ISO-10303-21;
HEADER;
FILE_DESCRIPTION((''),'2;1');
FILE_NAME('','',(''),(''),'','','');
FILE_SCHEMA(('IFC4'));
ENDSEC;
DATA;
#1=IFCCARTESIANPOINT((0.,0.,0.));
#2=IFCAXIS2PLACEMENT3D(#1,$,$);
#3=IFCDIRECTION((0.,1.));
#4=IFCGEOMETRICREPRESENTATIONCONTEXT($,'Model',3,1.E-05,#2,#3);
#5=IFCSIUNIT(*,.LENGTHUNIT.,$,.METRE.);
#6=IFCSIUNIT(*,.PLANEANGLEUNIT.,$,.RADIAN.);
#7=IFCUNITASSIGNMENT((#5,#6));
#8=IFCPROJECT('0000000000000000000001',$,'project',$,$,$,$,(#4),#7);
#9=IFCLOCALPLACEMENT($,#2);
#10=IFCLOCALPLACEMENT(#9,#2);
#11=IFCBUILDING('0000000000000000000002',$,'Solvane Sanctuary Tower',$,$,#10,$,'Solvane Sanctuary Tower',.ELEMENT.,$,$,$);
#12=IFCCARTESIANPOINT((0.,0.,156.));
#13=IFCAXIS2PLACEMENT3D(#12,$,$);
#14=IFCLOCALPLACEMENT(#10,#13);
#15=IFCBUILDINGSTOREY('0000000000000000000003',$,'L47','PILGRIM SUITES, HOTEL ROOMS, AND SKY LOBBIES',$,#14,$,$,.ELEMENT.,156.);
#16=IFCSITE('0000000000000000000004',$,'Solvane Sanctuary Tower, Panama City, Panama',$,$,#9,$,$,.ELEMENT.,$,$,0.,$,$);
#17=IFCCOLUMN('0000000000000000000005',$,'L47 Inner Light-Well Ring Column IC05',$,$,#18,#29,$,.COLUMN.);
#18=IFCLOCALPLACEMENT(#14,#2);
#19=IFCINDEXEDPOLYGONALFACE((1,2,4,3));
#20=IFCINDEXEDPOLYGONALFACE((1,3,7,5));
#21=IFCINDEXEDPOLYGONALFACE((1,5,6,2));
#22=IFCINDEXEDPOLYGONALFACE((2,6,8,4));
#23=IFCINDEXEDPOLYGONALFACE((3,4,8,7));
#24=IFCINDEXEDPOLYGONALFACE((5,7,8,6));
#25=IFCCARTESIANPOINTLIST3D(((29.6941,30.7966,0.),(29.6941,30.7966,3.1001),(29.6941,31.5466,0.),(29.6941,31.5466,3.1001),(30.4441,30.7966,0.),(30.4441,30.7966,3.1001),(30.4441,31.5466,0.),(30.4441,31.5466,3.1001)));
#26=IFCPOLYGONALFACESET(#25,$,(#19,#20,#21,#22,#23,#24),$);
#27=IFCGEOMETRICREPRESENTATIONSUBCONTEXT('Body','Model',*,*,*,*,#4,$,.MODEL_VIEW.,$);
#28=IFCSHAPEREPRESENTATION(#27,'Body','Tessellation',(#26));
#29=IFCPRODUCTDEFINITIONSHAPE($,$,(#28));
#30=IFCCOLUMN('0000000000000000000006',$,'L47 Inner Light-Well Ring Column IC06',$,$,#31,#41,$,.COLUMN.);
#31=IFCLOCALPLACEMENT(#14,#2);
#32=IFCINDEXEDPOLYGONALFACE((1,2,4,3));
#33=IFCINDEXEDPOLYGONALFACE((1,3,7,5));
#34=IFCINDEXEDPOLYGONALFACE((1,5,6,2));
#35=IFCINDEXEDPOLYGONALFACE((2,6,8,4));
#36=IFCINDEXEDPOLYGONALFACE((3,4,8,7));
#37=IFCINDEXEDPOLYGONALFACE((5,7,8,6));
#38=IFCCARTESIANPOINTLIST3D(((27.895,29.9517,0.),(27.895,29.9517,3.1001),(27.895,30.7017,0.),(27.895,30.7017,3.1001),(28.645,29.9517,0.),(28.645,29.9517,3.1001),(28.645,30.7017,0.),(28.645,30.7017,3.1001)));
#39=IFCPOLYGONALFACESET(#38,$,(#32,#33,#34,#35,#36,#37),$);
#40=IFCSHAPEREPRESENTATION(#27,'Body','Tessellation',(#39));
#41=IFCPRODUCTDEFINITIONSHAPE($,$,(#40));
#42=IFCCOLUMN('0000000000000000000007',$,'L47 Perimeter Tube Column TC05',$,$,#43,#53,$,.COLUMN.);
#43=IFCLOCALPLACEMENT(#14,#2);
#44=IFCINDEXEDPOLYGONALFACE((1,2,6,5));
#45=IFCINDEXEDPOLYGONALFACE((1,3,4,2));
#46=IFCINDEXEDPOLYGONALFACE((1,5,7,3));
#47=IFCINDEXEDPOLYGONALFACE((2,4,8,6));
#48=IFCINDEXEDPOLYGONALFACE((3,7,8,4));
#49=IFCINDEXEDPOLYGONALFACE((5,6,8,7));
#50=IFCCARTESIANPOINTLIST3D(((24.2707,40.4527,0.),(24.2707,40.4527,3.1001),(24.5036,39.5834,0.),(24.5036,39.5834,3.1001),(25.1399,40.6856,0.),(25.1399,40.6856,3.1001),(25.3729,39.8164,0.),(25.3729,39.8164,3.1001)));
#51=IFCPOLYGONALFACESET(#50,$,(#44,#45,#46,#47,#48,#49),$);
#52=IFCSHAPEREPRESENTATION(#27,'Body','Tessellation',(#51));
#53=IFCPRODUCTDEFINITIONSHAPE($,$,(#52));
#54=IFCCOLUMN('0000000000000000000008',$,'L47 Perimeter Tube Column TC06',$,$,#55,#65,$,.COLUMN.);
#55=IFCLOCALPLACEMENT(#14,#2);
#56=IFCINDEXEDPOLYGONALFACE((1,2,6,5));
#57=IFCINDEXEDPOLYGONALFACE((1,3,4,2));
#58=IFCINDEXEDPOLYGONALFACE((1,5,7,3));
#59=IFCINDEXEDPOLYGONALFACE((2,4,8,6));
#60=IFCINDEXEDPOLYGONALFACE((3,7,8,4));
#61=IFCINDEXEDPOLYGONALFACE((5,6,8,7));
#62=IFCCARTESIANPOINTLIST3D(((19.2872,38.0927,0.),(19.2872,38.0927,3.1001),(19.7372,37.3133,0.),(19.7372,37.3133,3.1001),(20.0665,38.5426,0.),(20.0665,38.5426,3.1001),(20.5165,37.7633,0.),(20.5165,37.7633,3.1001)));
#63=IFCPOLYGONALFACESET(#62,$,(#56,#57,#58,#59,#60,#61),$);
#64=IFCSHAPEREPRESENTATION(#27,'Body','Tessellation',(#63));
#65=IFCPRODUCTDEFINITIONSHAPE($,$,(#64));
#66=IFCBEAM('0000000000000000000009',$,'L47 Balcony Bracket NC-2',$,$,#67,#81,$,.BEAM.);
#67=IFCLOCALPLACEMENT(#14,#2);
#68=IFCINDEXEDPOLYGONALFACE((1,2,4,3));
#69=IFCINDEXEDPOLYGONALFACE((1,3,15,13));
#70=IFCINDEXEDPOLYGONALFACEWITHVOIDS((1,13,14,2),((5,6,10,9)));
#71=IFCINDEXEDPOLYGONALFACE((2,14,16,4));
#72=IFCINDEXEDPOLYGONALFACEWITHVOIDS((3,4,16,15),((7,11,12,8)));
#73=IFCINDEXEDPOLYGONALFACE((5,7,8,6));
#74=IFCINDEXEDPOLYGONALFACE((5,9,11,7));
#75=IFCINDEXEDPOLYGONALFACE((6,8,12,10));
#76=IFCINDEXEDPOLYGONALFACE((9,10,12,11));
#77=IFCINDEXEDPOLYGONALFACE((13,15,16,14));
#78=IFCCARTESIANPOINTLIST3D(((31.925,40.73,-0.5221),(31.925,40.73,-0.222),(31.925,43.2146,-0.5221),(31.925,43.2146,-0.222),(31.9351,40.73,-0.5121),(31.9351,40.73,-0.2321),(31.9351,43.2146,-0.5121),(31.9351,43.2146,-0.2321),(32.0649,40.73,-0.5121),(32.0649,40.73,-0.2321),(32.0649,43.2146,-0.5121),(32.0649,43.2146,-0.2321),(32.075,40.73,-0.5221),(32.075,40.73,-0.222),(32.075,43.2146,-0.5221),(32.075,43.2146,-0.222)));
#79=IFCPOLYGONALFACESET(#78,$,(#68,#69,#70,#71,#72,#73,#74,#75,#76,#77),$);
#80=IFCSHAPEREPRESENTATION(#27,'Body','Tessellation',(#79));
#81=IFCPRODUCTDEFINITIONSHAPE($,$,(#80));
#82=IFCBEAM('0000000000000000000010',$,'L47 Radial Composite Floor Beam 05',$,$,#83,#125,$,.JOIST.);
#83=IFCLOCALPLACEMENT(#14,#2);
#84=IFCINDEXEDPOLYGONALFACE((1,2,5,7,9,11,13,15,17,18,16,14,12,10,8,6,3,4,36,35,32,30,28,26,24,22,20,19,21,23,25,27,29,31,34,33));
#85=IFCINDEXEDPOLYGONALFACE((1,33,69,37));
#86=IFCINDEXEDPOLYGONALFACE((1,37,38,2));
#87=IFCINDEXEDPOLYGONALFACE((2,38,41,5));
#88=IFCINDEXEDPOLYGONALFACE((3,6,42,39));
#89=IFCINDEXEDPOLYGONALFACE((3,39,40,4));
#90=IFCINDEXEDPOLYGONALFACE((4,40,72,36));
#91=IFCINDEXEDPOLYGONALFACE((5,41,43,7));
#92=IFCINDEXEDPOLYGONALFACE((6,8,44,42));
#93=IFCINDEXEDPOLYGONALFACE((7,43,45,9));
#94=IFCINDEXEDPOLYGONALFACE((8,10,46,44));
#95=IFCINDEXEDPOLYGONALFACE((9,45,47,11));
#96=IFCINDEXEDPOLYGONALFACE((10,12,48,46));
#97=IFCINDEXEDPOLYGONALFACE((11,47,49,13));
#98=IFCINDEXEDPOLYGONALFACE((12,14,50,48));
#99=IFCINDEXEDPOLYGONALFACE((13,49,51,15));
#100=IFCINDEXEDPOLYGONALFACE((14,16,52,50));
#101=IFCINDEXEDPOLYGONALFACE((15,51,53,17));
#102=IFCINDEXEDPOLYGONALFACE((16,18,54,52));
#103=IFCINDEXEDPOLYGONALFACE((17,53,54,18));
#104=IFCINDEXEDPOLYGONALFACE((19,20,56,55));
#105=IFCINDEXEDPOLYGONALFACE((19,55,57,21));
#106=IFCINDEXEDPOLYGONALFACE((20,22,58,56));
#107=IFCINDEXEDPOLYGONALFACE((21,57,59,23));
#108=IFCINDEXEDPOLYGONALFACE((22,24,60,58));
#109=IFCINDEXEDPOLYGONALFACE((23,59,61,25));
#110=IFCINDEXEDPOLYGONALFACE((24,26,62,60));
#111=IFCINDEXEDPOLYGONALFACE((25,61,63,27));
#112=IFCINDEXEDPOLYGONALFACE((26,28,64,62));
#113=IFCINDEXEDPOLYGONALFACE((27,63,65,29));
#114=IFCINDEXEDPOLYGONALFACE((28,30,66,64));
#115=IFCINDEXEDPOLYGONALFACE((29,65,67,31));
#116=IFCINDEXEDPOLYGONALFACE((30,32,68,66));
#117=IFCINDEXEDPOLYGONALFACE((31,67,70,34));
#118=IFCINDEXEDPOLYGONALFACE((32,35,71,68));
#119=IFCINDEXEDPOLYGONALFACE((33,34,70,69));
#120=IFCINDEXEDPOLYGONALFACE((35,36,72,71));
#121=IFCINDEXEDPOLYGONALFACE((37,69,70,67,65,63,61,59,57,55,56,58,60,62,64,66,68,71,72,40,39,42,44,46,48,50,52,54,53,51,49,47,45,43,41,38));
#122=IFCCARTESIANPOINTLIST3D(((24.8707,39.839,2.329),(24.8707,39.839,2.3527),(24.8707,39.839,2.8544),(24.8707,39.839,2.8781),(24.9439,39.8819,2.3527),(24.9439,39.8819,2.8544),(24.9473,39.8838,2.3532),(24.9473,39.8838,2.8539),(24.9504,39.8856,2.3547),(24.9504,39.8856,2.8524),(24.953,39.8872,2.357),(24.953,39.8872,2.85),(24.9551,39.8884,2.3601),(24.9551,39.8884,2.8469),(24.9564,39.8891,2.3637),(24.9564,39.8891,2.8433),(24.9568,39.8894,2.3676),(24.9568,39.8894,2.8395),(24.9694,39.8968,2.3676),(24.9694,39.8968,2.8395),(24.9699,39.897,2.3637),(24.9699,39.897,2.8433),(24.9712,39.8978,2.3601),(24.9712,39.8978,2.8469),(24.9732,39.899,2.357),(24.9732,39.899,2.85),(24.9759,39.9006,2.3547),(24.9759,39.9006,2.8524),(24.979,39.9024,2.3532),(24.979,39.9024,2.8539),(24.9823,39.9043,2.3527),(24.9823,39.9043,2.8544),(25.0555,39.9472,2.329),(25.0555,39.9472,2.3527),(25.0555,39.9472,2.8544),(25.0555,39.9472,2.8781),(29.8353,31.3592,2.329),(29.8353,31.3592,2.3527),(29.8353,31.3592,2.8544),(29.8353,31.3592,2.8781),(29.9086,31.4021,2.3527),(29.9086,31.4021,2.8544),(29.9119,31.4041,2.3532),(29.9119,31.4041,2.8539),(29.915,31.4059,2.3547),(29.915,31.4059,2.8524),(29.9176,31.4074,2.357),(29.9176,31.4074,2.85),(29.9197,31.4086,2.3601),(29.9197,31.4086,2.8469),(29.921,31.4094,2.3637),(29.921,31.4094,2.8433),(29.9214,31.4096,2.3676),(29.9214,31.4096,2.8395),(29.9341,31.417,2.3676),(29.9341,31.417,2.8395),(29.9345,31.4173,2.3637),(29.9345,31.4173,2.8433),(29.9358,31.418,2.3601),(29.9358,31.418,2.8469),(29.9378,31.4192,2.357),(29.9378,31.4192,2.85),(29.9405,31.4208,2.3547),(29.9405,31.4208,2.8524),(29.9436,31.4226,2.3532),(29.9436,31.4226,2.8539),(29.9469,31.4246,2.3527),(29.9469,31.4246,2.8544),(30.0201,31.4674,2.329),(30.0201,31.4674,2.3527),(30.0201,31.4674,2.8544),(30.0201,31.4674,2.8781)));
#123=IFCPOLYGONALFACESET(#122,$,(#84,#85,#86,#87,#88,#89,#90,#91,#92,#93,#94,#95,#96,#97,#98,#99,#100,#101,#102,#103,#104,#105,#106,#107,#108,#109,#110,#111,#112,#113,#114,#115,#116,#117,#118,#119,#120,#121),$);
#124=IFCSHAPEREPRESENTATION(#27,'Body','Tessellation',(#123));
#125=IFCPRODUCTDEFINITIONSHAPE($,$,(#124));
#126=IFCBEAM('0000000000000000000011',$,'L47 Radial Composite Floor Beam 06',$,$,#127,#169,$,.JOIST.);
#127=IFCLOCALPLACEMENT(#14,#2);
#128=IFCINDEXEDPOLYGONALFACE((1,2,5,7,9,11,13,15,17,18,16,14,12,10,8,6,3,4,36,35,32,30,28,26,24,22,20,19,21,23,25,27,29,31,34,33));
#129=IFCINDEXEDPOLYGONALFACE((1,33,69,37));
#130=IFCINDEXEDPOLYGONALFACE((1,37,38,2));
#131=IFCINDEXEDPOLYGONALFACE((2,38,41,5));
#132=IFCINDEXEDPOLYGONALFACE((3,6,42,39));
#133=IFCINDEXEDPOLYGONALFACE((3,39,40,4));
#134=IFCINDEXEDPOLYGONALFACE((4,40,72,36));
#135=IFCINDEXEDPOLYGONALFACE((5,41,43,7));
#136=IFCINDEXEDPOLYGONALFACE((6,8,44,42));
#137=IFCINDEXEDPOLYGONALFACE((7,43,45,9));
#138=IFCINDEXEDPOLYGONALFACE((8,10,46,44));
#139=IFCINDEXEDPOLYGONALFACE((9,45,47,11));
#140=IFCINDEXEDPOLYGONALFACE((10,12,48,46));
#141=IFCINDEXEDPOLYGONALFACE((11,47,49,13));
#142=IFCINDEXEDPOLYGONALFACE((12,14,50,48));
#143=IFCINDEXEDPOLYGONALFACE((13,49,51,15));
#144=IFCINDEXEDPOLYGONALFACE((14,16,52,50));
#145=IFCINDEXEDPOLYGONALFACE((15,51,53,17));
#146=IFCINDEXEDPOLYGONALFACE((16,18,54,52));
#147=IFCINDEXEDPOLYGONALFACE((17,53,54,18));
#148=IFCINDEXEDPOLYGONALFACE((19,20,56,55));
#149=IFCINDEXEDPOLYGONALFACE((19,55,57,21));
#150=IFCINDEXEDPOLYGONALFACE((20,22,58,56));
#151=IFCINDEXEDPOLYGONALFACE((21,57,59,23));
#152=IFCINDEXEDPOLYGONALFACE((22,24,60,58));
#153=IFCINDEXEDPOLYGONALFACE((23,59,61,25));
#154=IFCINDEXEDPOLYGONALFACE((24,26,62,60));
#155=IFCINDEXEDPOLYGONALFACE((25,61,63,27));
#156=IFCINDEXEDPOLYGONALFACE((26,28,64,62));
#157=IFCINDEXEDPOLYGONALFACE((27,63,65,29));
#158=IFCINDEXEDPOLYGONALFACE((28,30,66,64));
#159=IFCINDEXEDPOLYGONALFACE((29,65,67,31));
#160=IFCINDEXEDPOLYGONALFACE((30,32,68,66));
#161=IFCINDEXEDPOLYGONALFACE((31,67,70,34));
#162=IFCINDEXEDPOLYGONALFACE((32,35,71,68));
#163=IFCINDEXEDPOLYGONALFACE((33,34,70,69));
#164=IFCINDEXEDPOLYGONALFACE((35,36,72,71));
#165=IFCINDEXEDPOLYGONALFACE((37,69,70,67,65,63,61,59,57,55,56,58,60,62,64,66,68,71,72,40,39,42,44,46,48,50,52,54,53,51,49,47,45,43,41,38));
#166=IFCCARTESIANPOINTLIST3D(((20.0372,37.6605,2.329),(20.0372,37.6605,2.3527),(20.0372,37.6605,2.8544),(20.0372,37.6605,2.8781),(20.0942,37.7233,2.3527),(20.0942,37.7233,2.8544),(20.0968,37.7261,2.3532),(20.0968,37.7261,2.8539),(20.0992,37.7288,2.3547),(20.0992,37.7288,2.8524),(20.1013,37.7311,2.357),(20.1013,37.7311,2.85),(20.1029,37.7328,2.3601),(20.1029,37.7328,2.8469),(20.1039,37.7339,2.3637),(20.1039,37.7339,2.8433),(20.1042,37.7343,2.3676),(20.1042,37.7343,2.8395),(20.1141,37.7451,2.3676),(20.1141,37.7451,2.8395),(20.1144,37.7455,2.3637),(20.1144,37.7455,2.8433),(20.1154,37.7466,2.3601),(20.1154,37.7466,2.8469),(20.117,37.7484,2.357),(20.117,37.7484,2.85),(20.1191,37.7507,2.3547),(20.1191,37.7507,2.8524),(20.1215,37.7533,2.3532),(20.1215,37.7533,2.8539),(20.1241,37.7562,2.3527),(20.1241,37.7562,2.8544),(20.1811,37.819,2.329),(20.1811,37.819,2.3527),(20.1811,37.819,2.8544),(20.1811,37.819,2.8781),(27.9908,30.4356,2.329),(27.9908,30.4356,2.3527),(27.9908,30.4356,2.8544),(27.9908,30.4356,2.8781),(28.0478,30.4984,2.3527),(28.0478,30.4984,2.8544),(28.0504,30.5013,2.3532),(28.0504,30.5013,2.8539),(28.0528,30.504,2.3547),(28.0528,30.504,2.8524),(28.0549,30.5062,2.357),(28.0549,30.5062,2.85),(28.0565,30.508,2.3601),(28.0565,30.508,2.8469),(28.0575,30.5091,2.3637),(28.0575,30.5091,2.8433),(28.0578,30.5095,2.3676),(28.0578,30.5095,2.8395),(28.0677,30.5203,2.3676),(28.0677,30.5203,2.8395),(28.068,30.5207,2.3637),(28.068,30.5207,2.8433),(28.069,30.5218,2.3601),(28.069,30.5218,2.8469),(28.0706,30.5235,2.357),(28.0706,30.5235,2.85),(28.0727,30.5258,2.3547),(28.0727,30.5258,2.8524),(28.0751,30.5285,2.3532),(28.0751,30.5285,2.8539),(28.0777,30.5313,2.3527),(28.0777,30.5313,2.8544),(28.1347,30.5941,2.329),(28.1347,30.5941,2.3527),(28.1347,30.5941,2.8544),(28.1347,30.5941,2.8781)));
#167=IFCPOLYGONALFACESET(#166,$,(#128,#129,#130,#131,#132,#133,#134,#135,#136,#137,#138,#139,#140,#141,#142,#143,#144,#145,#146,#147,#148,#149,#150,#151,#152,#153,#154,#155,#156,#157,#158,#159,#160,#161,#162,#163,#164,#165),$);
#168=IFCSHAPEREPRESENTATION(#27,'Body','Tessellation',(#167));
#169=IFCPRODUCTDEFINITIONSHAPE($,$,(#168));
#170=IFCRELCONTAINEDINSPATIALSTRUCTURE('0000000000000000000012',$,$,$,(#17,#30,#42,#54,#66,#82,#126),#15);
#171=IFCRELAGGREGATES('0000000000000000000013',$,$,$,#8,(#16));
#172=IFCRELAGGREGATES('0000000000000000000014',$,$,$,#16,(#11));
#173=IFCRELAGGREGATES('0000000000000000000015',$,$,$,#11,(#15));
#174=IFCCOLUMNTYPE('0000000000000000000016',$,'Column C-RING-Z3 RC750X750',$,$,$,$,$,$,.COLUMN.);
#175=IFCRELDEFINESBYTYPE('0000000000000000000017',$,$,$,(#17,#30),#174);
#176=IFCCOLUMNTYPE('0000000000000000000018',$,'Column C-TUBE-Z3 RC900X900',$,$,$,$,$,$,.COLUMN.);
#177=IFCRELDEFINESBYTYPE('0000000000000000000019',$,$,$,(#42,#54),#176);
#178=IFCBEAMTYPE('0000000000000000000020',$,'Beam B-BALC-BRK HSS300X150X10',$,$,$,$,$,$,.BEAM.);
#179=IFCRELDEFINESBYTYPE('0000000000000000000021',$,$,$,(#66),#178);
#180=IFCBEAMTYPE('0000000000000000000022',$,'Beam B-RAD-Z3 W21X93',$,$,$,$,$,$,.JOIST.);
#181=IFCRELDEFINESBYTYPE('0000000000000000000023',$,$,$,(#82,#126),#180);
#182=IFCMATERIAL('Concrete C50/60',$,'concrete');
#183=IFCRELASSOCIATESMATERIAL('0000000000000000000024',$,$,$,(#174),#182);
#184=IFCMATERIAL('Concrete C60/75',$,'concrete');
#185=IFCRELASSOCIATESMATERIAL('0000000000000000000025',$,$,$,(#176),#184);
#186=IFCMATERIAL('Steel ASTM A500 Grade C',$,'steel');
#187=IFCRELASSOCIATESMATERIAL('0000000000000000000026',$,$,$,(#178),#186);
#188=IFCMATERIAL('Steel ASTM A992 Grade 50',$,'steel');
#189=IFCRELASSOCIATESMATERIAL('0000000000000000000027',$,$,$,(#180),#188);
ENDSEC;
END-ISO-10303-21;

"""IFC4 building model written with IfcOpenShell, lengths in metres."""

from ifc_helpers import new_model, si_unit, direction, frame, origin, origin_2d, place, context, subcontext, project, spatial, rectangle, hollow_rectangle, i_section, extrude, material, material_profile, profile_set, type_object, element, save


model = new_model("IFC4")

# Units and contexts
model_context = context("Model", 3, precision=1e-05, world=origin(), true_north=direction((0.0, 1.0)))
body_context = subcontext(model_context, "Body", "Model", "MODEL_VIEW")
ifc_project = project(units=[si_unit("LENGTHUNIT", "METRE"), si_unit("PLANEANGLEUNIT", "RADIAN")], contexts=[model_context])

# Site, building, storey
site_placement = place(None, origin())
site = spatial("IfcSite", under=ifc_project, at=site_placement, Name="Solvane Sanctuary Tower, Panama City, Panama", CompositionType="ELEMENT", RefElevation=0.0)
building_placement = place(site_placement, origin())
building = spatial("IfcBuilding", under=site, at=building_placement, Name="Solvane Sanctuary Tower", LongName="Solvane Sanctuary Tower", CompositionType="ELEMENT")
storey_placement = place(building_placement, frame((0.0, 0.0, 156.0)))
storey = spatial("IfcBuildingStorey", under=building, at=storey_placement, Name="L47", Description="PILGRIM SUITES, HOTEL ROOMS, AND SKY LOBBIES", CompositionType="ELEMENT", Elevation=156.0)

# Columns
ifc_material_1 = material(Name="Concrete C50/60", Category="concrete")
ifc_material_profile_1 = material_profile(ifc_material_1, rectangle(XDim=0.75, YDim=0.75, at=origin_2d()), Name="RC750X750")
ifc_profile_set_1 = profile_set([ifc_material_profile_1], Name="Concrete C50/60")
column_type_1 = type_object("IfcColumnType", Name="Column C-RING-Z3 RC750X750", PredefinedType="COLUMN", material=ifc_profile_set_1)
for number, where, z_axis, x_axis, name in (
    (1, (30.0691, 31.1716, 0.0), (0.0, 0.0, 1.0), (1.0, 0.0, 0.0), "L47 Inner Light-Well Ring Column IC05"),
    (2, (28.27, 30.3267, 0.0), (0.0, 0.0, 1.0), (1.0, 0.0, 0.0), "L47 Inner Light-Well Ring Column IC06"),
):
    element("IfcColumn", number, at=place(storey_placement, frame(where, z_axis=z_axis, x_axis=x_axis)), inside=storey, type_object=column_type_1, Name=name, PredefinedType="COLUMN", context=body_context, shape_type="SweptSolid", body=[
        extrude(rectangle(XDim=0.75, YDim=0.75, at=origin_2d()), origin(), (0.0, 0.0, 1.0), 3.1001),
    ])
ifc_material_2 = material(Name="Concrete C60/75", Category="concrete")
ifc_material_profile_2 = material_profile(ifc_material_2, rectangle(XDim=0.8999, YDim=0.8999, at=origin_2d()), Name="RC900X900")
ifc_profile_set_2 = profile_set([ifc_material_profile_2], Name="Concrete C60/75")
column_type_2 = type_object("IfcColumnType", Name="Column C-TUBE-Z3 RC900X900", PredefinedType="COLUMN", material=ifc_profile_set_2)
for number, where, z_axis, x_axis, name in (
    (3, (24.8218, 40.1345, 0.0), (0.0, 0.0, 1.0), (-0.258819, 0.965926, 0.0), "L47 Perimeter Tube Column TC05"),
    (4, (19.9019, 37.928, 0.0), (0.0, 0.0, 1.0), (-0.5, 0.866025, 0.0), "L47 Perimeter Tube Column TC06"),
):
    element("IfcColumn", number, at=place(storey_placement, frame(where, z_axis=z_axis, x_axis=x_axis)), inside=storey, type_object=column_type_2, Name=name, PredefinedType="COLUMN", context=body_context, shape_type="SweptSolid", body=[
        extrude(rectangle(XDim=0.8999, YDim=0.8999, at=origin_2d()), origin(), (0.0, 0.0, 1.0), 3.1001),
    ])

# Beams
ifc_material_3 = material(Name="Steel ASTM A500 Grade C", Category="steel")
ifc_material_profile_3 = material_profile(ifc_material_3, hollow_rectangle(XDim=0.1499, YDim=0.3, WallThickness=0.01, at=origin_2d()), Name="HSS300X150X10")
ifc_profile_set_3 = profile_set([ifc_material_profile_3], Name="Steel ASTM A500 Grade C")
beam_type_1 = type_object("IfcBeamType", Name="Beam B-BALC-BRK HSS300X150X10", PredefinedType="BEAM", material=ifc_profile_set_3)
beam_1_placement = place(storey_placement, frame((32.0, 40.73, -0.3721), z_axis=(0.0, 1.0, 0.0), x_axis=(-1.0, 0.0, 0.0)))
element("IfcBeam", 5, at=beam_1_placement, inside=storey, type_object=beam_type_1, Name="L47 Balcony Bracket NC-2", PredefinedType="BEAM", context=body_context, shape_type="SweptSolid", body=[
    extrude(hollow_rectangle(XDim=0.1499, YDim=0.3, WallThickness=0.01, at=origin_2d()), origin(), (0.0, 0.0, 1.0), 2.4846),
])
ifc_material_4 = material(Name="Steel ASTM A992 Grade 50", Category="steel")
ifc_material_profile_4 = material_profile(ifc_material_4, i_section(OverallWidth=0.2141, OverallDepth=0.5491, WebThickness=0.0146, FlangeThickness=0.0237, FilletRadius=0.0149, at=origin_2d()), Name="W21X93")
ifc_profile_set_4 = profile_set([ifc_material_profile_4], Name="Steel ASTM A992 Grade 50")
beam_type_2 = type_object("IfcBeamType", Name="Beam B-RAD-Z3 W21X93", PredefinedType="JOIST", material=ifc_profile_set_4)
beam_2_placement = place(storey_placement, frame((29.9277, 31.4133, 2.6035), z_axis=(-0.505244, 0.862977, 0.0), x_axis=(-0.862977, -0.505244, 0.0)))
element("IfcBeam", 6, at=beam_2_placement, inside=storey, type_object=beam_type_2, Name="L47 Radial Composite Floor Beam 05", PredefinedType="JOIST", context=body_context, shape_type="SweptSolid", body=[
    extrude(i_section(OverallWidth=0.2141, OverallDepth=0.5491, WebThickness=0.0146, FlangeThickness=0.0237, FilletRadius=0.0149, at=origin_2d()), origin(), (0.0, 0.0, 1.0), 9.8262),
])
beam_3_placement = place(storey_placement, frame((28.0627, 30.5149, 2.6035), z_axis=(-0.740204, 0.672382, 0.0), x_axis=(-0.672382, -0.740204, 0.0)))
element("IfcBeam", 7, at=beam_3_placement, inside=storey, type_object=beam_type_2, Name="L47 Radial Composite Floor Beam 06", PredefinedType="JOIST", context=body_context, shape_type="SweptSolid", body=[
    extrude(i_section(OverallWidth=0.2141, OverallDepth=0.5491, WebThickness=0.0146, FlangeThickness=0.0237, FilletRadius=0.0149, at=origin_2d()), origin(), (0.0, 0.0, 1.0), 10.7451),
])

save(model, "model.ifc")
